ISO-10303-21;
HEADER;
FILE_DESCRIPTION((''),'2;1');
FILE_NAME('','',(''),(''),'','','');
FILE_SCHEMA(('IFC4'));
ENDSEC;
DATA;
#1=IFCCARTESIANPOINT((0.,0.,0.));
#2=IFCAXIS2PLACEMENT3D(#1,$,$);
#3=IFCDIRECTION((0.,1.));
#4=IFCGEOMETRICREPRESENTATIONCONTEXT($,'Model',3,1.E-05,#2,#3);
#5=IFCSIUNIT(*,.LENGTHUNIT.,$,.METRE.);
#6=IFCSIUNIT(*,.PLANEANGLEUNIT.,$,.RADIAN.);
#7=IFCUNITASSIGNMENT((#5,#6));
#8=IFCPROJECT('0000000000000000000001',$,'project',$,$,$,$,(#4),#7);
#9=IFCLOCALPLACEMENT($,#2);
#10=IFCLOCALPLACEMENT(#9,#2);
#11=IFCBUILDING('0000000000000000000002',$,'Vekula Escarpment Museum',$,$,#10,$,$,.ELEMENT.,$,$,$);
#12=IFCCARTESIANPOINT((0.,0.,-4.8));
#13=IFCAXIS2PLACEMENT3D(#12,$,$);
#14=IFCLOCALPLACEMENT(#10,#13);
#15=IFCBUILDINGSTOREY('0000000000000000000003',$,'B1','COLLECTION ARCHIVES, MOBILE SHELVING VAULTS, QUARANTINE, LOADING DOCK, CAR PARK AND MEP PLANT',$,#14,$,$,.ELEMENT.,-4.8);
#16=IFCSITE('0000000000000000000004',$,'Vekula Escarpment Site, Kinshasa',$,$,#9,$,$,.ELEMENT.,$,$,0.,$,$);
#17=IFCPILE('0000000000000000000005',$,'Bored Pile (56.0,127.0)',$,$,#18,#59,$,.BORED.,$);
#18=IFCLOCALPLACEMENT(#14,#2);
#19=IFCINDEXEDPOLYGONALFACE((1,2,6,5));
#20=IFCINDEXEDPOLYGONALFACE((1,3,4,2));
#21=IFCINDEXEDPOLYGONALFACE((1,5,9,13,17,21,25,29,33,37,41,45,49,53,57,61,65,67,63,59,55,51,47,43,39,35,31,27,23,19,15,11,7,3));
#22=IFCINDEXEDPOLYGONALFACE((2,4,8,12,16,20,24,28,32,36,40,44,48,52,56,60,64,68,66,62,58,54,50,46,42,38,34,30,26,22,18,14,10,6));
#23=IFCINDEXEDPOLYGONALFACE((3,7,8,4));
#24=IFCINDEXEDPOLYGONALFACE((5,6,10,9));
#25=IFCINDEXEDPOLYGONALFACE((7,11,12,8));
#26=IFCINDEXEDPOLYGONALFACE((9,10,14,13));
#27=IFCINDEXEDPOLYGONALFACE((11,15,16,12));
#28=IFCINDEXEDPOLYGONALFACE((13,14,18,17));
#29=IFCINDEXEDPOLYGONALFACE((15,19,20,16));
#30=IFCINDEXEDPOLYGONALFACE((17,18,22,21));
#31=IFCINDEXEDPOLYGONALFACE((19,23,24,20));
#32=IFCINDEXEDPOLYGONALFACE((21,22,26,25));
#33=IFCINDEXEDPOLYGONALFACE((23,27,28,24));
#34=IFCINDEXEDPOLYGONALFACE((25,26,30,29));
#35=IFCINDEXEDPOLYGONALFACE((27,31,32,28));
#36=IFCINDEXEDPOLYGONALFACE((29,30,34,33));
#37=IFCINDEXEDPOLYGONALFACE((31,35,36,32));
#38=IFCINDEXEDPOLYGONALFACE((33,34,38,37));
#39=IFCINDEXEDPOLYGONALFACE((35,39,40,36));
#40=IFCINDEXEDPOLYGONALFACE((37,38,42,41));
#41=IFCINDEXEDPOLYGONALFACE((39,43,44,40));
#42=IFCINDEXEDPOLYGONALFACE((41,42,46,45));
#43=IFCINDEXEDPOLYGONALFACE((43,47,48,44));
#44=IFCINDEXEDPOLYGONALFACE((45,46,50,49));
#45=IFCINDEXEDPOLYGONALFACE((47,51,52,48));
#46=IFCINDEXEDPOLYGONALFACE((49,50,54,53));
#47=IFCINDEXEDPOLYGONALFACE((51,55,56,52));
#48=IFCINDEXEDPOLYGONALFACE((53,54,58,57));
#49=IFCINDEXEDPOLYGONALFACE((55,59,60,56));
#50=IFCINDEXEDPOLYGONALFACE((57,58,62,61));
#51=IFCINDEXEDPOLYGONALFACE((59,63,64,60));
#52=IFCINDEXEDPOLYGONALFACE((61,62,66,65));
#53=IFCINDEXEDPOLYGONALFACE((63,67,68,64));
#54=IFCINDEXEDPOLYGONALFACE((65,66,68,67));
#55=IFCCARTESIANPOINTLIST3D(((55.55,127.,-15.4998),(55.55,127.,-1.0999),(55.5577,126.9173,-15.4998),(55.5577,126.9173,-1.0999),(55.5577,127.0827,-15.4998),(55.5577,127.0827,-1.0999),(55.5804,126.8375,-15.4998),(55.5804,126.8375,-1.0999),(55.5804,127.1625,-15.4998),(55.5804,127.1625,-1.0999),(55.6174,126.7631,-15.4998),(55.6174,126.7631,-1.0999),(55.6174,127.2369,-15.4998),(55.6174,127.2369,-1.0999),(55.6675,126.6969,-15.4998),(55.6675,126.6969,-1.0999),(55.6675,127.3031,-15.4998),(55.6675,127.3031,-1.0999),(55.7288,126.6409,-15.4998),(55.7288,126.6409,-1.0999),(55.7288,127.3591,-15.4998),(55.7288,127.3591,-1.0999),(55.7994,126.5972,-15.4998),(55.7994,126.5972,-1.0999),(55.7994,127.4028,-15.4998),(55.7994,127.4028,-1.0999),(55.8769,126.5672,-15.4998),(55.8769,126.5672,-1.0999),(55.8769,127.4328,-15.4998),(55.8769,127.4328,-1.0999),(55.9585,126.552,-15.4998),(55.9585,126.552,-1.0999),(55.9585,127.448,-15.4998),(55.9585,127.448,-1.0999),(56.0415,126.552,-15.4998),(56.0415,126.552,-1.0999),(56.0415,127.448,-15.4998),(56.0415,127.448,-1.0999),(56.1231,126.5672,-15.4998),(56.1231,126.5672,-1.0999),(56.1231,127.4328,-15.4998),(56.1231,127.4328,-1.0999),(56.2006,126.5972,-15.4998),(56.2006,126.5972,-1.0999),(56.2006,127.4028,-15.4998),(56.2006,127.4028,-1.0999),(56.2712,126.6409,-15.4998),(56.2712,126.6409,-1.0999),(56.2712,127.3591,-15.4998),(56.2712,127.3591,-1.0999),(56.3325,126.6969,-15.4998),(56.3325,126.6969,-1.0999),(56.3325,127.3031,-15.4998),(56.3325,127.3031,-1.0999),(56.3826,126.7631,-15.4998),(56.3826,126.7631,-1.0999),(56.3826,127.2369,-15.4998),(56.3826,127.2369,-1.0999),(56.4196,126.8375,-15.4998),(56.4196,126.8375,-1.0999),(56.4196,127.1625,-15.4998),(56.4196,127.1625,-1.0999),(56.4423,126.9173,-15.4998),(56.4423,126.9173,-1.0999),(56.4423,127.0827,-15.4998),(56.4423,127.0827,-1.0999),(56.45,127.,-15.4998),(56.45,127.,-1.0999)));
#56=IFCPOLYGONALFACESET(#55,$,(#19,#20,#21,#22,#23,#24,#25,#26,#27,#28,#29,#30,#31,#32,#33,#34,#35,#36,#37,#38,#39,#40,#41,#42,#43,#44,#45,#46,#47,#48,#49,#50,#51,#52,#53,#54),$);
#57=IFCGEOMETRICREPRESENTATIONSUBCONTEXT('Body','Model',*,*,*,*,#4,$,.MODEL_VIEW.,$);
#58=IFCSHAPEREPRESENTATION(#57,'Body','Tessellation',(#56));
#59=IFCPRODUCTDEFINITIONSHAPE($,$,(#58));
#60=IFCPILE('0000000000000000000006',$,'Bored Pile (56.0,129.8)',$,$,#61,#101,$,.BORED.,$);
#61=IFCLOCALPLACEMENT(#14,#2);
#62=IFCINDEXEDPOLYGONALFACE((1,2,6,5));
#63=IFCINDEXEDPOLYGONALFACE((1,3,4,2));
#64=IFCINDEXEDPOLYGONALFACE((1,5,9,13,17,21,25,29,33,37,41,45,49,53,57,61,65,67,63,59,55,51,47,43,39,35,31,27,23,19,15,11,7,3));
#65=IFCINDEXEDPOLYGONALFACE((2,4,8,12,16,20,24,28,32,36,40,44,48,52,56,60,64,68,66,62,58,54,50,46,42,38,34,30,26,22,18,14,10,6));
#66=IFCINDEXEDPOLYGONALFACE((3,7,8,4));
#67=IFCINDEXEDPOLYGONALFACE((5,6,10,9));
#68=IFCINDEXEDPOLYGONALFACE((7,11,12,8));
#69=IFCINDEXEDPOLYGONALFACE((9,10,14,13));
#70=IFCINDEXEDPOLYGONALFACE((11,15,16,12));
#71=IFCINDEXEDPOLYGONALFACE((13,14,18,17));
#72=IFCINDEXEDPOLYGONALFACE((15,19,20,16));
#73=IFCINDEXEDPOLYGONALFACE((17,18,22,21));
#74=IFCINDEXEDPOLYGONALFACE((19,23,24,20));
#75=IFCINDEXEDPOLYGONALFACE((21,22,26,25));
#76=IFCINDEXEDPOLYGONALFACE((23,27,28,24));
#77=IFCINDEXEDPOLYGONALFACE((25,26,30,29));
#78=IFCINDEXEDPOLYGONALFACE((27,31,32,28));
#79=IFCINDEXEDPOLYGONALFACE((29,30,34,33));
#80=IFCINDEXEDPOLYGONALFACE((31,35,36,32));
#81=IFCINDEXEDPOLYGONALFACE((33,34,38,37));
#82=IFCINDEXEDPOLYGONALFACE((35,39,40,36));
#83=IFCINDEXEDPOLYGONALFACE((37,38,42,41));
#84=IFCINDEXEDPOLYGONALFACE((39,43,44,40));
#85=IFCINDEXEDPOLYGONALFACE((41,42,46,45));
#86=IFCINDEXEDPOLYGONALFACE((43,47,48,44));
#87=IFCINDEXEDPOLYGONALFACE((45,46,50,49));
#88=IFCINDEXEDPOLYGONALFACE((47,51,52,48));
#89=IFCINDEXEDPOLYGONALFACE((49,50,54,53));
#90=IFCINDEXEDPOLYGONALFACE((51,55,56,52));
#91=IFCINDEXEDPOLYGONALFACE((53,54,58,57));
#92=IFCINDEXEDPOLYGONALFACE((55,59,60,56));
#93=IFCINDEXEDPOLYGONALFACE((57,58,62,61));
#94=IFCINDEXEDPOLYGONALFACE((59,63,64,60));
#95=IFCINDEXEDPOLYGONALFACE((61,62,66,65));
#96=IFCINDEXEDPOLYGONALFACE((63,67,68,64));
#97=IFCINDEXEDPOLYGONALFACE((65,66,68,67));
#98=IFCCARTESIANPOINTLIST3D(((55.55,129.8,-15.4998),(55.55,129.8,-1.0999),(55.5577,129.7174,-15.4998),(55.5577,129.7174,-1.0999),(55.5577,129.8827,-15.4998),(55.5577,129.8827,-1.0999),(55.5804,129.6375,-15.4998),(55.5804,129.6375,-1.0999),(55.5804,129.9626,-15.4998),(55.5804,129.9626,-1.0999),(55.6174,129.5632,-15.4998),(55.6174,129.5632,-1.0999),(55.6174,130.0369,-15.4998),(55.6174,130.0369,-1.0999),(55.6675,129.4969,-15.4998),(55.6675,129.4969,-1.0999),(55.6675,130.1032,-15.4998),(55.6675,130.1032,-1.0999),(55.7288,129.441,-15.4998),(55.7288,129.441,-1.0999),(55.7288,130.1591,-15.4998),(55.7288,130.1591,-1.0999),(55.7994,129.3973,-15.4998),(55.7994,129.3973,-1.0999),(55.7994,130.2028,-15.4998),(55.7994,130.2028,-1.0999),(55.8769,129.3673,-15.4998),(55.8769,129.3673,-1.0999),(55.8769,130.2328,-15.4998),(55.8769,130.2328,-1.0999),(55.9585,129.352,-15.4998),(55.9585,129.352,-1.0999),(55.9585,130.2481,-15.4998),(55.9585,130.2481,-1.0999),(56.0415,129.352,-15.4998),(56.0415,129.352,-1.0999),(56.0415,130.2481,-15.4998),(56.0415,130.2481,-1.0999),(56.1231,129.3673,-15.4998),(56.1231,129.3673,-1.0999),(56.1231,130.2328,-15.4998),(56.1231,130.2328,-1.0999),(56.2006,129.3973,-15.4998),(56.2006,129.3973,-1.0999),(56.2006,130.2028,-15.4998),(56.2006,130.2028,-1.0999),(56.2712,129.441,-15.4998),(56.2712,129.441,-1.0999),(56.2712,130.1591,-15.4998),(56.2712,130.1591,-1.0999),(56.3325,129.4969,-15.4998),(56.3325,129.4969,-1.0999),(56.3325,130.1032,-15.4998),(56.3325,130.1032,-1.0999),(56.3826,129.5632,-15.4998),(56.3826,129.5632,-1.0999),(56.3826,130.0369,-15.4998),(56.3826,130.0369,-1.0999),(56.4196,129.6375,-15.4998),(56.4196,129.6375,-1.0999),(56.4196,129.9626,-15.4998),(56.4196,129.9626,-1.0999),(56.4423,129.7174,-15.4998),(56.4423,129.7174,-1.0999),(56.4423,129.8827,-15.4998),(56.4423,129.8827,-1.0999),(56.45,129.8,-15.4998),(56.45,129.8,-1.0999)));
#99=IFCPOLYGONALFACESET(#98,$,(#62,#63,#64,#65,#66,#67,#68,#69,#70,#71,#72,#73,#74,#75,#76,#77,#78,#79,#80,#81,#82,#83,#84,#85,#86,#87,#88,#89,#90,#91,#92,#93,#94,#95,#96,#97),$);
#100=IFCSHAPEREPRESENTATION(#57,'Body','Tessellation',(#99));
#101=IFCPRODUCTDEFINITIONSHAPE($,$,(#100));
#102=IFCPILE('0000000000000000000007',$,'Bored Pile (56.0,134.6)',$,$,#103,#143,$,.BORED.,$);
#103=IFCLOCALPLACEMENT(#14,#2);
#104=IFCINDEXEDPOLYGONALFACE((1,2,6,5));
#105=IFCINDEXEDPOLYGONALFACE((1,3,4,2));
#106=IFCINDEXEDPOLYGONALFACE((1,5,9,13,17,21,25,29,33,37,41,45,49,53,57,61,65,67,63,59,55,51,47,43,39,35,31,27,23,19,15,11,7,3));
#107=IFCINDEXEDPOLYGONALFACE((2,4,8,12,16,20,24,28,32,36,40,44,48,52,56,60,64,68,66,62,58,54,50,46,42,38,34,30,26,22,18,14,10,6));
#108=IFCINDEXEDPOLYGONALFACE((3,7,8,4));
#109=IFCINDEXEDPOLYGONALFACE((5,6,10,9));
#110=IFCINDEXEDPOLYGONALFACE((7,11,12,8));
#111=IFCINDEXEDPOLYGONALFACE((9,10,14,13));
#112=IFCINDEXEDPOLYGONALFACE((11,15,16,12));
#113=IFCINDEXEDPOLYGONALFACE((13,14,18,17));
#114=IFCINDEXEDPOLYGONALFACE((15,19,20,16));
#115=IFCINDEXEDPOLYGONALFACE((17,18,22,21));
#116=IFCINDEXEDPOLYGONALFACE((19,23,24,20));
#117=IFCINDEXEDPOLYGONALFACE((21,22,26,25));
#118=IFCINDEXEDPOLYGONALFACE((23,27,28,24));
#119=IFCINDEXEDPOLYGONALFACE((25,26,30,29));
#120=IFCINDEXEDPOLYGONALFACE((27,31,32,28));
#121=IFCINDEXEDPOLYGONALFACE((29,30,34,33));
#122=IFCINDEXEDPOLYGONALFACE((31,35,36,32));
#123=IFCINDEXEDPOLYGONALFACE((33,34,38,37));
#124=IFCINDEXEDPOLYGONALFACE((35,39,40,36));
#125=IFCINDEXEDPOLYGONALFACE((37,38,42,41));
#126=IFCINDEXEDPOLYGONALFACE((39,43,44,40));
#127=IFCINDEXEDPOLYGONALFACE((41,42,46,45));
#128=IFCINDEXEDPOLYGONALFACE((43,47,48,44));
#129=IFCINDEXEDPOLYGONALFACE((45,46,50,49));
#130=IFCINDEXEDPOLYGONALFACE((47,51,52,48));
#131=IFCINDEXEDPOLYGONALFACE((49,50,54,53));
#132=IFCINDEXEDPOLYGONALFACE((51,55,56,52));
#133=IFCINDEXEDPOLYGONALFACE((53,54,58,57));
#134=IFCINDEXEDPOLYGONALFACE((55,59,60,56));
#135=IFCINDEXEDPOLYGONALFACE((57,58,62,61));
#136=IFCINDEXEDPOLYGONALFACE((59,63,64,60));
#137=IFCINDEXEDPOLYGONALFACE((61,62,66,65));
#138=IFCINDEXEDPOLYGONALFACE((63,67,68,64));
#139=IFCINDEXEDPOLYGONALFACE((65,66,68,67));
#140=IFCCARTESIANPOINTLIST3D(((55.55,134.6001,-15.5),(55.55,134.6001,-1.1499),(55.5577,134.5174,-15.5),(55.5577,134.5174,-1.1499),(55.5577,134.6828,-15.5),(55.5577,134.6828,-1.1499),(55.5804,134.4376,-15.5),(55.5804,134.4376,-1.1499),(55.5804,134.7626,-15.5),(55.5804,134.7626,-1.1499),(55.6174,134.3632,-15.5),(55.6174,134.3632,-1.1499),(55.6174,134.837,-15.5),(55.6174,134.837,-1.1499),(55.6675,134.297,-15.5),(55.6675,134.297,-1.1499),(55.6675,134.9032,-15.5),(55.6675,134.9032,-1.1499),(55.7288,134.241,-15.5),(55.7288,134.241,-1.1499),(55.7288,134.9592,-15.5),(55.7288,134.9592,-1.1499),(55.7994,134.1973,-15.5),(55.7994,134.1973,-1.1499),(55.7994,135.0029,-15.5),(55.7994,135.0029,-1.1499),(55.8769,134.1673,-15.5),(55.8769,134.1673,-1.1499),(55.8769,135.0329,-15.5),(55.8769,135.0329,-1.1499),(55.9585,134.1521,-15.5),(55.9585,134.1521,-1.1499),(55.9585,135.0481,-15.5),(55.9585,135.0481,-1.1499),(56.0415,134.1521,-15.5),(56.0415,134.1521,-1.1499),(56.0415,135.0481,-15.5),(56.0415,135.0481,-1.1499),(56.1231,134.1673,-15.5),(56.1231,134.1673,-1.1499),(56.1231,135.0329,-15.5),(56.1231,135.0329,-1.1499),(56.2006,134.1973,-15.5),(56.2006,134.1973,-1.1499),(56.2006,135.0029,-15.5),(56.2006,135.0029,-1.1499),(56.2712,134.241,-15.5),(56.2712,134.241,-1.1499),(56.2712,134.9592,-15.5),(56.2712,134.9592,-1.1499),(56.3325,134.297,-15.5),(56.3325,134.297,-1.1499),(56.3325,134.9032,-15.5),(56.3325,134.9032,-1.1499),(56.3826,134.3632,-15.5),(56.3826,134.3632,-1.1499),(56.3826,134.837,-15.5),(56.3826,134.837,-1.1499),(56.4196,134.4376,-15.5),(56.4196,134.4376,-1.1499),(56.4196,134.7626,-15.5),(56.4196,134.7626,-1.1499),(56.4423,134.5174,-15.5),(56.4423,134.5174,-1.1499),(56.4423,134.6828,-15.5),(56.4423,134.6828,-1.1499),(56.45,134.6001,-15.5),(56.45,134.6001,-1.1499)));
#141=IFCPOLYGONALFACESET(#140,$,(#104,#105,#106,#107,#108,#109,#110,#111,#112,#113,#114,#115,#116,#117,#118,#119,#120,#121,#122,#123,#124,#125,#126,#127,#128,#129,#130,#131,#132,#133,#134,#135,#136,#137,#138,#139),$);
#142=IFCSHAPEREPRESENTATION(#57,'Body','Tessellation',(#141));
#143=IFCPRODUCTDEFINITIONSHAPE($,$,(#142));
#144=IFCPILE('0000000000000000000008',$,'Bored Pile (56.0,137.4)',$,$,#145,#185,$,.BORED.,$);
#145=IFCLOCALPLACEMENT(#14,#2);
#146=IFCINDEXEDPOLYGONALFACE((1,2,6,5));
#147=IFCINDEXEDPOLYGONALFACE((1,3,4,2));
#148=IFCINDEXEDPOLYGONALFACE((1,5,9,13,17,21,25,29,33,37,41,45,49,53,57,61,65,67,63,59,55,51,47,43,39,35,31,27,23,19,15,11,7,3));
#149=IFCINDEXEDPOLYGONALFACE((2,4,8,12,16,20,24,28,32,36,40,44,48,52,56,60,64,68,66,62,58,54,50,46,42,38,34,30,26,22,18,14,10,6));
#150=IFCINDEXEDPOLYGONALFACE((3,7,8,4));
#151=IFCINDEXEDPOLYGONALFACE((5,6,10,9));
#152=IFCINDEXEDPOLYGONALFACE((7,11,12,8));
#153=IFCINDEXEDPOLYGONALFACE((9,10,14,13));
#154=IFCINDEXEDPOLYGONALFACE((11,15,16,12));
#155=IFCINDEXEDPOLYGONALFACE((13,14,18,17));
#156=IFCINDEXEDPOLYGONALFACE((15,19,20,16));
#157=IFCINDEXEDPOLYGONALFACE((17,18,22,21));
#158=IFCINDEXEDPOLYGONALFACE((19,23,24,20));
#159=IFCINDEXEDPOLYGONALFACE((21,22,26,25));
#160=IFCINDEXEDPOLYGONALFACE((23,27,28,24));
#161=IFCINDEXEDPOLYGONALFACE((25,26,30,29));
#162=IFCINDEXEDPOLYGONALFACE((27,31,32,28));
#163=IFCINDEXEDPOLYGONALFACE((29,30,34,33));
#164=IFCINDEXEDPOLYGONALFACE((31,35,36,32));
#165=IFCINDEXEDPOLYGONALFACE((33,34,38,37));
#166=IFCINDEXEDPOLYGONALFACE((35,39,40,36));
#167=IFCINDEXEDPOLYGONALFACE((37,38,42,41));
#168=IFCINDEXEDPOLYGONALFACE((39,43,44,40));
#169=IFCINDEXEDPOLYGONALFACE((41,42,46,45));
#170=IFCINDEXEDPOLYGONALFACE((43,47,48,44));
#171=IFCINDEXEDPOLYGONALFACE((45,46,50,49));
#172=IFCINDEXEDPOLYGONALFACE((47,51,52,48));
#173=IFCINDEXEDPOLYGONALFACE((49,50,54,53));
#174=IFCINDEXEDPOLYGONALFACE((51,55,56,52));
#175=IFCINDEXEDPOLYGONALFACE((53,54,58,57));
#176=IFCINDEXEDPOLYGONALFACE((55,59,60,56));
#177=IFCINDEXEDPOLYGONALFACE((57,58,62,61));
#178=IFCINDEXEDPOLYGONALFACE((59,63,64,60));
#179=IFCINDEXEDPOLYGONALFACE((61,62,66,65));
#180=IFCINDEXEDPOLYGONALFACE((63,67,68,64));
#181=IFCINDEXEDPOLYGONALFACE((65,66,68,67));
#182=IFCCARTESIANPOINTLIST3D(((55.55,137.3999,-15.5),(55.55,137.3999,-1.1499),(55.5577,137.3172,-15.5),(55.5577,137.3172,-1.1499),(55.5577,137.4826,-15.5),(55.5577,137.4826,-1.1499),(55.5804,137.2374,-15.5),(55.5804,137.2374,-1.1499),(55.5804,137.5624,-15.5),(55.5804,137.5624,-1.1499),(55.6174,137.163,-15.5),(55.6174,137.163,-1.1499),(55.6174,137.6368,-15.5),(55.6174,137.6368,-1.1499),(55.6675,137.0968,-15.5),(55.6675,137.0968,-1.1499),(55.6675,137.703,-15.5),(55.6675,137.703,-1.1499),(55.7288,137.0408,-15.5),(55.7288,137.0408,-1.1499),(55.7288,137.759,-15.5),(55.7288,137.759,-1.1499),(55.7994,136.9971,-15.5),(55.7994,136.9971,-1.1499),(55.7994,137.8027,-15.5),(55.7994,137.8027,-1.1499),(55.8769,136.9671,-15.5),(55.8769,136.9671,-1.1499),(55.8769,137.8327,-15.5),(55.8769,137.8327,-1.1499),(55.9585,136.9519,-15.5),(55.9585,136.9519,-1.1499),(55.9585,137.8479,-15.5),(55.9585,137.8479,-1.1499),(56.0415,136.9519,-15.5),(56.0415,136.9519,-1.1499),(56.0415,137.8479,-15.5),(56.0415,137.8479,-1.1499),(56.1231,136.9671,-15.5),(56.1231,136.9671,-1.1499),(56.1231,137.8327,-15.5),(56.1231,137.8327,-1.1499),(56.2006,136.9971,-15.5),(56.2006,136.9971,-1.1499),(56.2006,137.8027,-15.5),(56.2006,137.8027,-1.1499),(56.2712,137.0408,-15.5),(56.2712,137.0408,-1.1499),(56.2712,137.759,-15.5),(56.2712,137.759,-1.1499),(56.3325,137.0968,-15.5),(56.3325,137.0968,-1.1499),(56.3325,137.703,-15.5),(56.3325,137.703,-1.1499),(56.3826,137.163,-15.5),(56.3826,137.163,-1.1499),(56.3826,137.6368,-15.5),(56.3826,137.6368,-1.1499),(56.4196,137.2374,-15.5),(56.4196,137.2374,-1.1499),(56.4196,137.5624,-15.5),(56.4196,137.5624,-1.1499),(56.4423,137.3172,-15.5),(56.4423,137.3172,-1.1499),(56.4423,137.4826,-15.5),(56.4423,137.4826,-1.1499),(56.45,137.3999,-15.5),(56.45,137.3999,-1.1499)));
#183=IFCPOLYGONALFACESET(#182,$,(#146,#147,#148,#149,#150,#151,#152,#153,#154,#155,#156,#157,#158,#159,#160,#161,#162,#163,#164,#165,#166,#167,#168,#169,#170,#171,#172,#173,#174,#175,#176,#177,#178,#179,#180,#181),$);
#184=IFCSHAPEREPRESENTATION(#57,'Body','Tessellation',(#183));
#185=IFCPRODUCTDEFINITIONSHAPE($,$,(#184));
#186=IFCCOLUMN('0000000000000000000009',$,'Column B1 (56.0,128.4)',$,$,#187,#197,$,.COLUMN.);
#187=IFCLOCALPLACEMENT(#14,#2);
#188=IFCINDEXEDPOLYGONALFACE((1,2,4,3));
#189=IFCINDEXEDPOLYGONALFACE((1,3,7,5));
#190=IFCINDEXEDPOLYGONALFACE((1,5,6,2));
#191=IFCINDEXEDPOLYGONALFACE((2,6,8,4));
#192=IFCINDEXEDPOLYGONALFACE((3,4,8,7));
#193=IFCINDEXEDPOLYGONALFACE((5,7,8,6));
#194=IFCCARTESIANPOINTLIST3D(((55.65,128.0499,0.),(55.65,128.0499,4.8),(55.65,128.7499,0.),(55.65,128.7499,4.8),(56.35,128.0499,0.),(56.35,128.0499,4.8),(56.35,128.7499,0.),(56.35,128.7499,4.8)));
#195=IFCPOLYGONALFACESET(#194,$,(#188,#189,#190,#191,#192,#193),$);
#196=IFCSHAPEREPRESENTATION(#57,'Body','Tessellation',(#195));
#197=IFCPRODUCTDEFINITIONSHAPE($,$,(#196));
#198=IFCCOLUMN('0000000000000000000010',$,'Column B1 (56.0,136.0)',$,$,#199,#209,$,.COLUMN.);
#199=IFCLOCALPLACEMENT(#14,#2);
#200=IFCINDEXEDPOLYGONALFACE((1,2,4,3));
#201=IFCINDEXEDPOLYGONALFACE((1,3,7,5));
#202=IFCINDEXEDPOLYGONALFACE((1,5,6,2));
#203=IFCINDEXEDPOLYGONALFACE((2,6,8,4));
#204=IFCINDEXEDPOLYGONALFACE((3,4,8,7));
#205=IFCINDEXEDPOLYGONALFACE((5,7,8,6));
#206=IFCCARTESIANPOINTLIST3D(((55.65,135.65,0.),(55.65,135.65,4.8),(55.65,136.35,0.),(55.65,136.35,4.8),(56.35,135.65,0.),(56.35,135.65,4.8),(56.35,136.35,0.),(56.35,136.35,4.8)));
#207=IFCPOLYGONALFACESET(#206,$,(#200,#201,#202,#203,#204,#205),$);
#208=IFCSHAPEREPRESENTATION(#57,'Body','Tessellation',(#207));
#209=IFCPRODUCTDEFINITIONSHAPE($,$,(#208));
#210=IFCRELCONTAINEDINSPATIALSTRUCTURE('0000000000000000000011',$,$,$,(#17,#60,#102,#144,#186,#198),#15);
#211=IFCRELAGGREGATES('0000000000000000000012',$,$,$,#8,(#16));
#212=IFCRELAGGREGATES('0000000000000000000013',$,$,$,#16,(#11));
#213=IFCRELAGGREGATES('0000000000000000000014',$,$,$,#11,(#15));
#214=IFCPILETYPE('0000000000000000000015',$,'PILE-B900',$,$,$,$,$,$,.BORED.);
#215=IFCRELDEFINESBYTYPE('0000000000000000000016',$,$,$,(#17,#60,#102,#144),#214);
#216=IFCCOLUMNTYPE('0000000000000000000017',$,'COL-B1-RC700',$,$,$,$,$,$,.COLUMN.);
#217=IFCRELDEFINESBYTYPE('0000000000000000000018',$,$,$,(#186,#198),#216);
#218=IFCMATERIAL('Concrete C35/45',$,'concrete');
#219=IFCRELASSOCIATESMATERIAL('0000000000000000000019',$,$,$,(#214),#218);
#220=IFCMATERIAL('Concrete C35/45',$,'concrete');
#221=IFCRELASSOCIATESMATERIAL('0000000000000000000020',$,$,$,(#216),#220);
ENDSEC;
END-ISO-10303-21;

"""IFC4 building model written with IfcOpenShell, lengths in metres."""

from ifc_helpers import new_model, si_unit, direction, frame, origin, origin_2d, place, context, subcontext, project, spatial, rectangle, circle, extrude, material, material_profile, profile_set, type_object, element, save


model = new_model("IFC4")

# Units and contexts
model_context = context("Model", 3, precision=1e-05, world=origin(), true_north=direction((0.0, 1.0)))
body_context = subcontext(model_context, "Body", "Model", "MODEL_VIEW")
ifc_project = project(units=[si_unit("LENGTHUNIT", "METRE"), si_unit("PLANEANGLEUNIT", "RADIAN")], contexts=[model_context])

# Site, building, storey
site_placement = place(None, origin())
site = spatial("IfcSite", under=ifc_project, at=site_placement, Name="Vekula Escarpment Site, Kinshasa", CompositionType="ELEMENT", RefElevation=0.0)
building_placement = place(site_placement, origin())
building = spatial("IfcBuilding", under=site, at=building_placement, Name="Vekula Escarpment Museum", CompositionType="ELEMENT")
storey_placement = place(building_placement, frame((0.0, 0.0, -4.8)))
storey = spatial("IfcBuildingStorey", under=building, at=storey_placement, Name="B1", Description="COLLECTION ARCHIVES, MOBILE SHELVING VAULTS, QUARANTINE, LOADING DOCK, CAR PARK AND MEP PLANT", CompositionType="ELEMENT", Elevation=-4.8)

# Piles
ifc_material_1 = material(Name="Concrete C35/45", Category="concrete")
ifc_material_profile_1 = material_profile(ifc_material_1, circle(Radius=0.45, at=origin_2d()), Name="BORED PILE 900")
ifc_profile_set_1 = profile_set([ifc_material_profile_1], Name="Concrete C35/45")
pile_type = type_object("IfcPileType", Name="PILE-B900", PredefinedType="BORED", material=ifc_profile_set_1)
for number, where, z_axis, x_axis, name in (
    (1, (56.0, 127.0, -1.0999), (0.0, 0.0, -1.0), (1.0, 0.0, 0.0), "Bored Pile (56.0,127.0)"),
    (2, (56.0, 129.8, -1.0999), (0.0, 0.0, -1.0), (1.0, 0.0, 0.0), "Bored Pile (56.0,129.8)"),
):
    element("IfcPile", number, at=place(storey_placement, frame(where, z_axis=z_axis, x_axis=x_axis)), inside=storey, type_object=pile_type, Name=name, PredefinedType="BORED", context=body_context, shape_type="SweptSolid", body=[
        extrude(circle(Radius=0.45, at=origin_2d()), origin(), (0.0, 0.0, 1.0), 14.3999),
    ])
for number, where, z_axis, x_axis, name in (
    (3, (56.0, 134.6001, -1.1499), (0.0, 0.0, -1.0), (1.0, 0.0, 0.0), "Bored Pile (56.0,134.6)"),
    (4, (56.0, 137.3999, -1.1499), (0.0, 0.0, -1.0), (1.0, 0.0, 0.0), "Bored Pile (56.0,137.4)"),
):
    element("IfcPile", number, at=place(storey_placement, frame(where, z_axis=z_axis, x_axis=x_axis)), inside=storey, type_object=pile_type, Name=name, PredefinedType="BORED", context=body_context, shape_type="SweptSolid", body=[
        extrude(circle(Radius=0.45, at=origin_2d()), origin(), (0.0, 0.0, 1.0), 14.3501),
    ])

# Columns
ifc_material_2 = material(Name="Concrete C35/45", Category="concrete")
ifc_material_profile_2 = material_profile(ifc_material_2, rectangle(XDim=0.7, YDim=0.7, at=origin_2d()), Name="RC 700x700")
ifc_profile_set_2 = profile_set([ifc_material_profile_2], Name="Concrete C35/45")
column_type = type_object("IfcColumnType", Name="COL-B1-RC700", PredefinedType="COLUMN", material=ifc_profile_set_2)
for number, where, z_axis, x_axis, name in (
    (5, (56.0, 128.3999, 0.0), (0.0, 0.0, 1.0), (1.0, 0.0, 0.0), "Column B1 (56.0,128.4)"),
    (6, (56.0, 136.0, 0.0), (0.0, 0.0, 1.0), (1.0, 0.0, 0.0), "Column B1 (56.0,136.0)"),
):
    element("IfcColumn", number, at=place(storey_placement, frame(where, z_axis=z_axis, x_axis=x_axis)), inside=storey, type_object=column_type, Name=name, PredefinedType="COLUMN", context=body_context, shape_type="SweptSolid", body=[
        extrude(rectangle(XDim=0.7, YDim=0.7, at=origin_2d()), origin(), (0.0, 0.0, 1.0), 4.8),
    ])

save(model, "model.ifc")
